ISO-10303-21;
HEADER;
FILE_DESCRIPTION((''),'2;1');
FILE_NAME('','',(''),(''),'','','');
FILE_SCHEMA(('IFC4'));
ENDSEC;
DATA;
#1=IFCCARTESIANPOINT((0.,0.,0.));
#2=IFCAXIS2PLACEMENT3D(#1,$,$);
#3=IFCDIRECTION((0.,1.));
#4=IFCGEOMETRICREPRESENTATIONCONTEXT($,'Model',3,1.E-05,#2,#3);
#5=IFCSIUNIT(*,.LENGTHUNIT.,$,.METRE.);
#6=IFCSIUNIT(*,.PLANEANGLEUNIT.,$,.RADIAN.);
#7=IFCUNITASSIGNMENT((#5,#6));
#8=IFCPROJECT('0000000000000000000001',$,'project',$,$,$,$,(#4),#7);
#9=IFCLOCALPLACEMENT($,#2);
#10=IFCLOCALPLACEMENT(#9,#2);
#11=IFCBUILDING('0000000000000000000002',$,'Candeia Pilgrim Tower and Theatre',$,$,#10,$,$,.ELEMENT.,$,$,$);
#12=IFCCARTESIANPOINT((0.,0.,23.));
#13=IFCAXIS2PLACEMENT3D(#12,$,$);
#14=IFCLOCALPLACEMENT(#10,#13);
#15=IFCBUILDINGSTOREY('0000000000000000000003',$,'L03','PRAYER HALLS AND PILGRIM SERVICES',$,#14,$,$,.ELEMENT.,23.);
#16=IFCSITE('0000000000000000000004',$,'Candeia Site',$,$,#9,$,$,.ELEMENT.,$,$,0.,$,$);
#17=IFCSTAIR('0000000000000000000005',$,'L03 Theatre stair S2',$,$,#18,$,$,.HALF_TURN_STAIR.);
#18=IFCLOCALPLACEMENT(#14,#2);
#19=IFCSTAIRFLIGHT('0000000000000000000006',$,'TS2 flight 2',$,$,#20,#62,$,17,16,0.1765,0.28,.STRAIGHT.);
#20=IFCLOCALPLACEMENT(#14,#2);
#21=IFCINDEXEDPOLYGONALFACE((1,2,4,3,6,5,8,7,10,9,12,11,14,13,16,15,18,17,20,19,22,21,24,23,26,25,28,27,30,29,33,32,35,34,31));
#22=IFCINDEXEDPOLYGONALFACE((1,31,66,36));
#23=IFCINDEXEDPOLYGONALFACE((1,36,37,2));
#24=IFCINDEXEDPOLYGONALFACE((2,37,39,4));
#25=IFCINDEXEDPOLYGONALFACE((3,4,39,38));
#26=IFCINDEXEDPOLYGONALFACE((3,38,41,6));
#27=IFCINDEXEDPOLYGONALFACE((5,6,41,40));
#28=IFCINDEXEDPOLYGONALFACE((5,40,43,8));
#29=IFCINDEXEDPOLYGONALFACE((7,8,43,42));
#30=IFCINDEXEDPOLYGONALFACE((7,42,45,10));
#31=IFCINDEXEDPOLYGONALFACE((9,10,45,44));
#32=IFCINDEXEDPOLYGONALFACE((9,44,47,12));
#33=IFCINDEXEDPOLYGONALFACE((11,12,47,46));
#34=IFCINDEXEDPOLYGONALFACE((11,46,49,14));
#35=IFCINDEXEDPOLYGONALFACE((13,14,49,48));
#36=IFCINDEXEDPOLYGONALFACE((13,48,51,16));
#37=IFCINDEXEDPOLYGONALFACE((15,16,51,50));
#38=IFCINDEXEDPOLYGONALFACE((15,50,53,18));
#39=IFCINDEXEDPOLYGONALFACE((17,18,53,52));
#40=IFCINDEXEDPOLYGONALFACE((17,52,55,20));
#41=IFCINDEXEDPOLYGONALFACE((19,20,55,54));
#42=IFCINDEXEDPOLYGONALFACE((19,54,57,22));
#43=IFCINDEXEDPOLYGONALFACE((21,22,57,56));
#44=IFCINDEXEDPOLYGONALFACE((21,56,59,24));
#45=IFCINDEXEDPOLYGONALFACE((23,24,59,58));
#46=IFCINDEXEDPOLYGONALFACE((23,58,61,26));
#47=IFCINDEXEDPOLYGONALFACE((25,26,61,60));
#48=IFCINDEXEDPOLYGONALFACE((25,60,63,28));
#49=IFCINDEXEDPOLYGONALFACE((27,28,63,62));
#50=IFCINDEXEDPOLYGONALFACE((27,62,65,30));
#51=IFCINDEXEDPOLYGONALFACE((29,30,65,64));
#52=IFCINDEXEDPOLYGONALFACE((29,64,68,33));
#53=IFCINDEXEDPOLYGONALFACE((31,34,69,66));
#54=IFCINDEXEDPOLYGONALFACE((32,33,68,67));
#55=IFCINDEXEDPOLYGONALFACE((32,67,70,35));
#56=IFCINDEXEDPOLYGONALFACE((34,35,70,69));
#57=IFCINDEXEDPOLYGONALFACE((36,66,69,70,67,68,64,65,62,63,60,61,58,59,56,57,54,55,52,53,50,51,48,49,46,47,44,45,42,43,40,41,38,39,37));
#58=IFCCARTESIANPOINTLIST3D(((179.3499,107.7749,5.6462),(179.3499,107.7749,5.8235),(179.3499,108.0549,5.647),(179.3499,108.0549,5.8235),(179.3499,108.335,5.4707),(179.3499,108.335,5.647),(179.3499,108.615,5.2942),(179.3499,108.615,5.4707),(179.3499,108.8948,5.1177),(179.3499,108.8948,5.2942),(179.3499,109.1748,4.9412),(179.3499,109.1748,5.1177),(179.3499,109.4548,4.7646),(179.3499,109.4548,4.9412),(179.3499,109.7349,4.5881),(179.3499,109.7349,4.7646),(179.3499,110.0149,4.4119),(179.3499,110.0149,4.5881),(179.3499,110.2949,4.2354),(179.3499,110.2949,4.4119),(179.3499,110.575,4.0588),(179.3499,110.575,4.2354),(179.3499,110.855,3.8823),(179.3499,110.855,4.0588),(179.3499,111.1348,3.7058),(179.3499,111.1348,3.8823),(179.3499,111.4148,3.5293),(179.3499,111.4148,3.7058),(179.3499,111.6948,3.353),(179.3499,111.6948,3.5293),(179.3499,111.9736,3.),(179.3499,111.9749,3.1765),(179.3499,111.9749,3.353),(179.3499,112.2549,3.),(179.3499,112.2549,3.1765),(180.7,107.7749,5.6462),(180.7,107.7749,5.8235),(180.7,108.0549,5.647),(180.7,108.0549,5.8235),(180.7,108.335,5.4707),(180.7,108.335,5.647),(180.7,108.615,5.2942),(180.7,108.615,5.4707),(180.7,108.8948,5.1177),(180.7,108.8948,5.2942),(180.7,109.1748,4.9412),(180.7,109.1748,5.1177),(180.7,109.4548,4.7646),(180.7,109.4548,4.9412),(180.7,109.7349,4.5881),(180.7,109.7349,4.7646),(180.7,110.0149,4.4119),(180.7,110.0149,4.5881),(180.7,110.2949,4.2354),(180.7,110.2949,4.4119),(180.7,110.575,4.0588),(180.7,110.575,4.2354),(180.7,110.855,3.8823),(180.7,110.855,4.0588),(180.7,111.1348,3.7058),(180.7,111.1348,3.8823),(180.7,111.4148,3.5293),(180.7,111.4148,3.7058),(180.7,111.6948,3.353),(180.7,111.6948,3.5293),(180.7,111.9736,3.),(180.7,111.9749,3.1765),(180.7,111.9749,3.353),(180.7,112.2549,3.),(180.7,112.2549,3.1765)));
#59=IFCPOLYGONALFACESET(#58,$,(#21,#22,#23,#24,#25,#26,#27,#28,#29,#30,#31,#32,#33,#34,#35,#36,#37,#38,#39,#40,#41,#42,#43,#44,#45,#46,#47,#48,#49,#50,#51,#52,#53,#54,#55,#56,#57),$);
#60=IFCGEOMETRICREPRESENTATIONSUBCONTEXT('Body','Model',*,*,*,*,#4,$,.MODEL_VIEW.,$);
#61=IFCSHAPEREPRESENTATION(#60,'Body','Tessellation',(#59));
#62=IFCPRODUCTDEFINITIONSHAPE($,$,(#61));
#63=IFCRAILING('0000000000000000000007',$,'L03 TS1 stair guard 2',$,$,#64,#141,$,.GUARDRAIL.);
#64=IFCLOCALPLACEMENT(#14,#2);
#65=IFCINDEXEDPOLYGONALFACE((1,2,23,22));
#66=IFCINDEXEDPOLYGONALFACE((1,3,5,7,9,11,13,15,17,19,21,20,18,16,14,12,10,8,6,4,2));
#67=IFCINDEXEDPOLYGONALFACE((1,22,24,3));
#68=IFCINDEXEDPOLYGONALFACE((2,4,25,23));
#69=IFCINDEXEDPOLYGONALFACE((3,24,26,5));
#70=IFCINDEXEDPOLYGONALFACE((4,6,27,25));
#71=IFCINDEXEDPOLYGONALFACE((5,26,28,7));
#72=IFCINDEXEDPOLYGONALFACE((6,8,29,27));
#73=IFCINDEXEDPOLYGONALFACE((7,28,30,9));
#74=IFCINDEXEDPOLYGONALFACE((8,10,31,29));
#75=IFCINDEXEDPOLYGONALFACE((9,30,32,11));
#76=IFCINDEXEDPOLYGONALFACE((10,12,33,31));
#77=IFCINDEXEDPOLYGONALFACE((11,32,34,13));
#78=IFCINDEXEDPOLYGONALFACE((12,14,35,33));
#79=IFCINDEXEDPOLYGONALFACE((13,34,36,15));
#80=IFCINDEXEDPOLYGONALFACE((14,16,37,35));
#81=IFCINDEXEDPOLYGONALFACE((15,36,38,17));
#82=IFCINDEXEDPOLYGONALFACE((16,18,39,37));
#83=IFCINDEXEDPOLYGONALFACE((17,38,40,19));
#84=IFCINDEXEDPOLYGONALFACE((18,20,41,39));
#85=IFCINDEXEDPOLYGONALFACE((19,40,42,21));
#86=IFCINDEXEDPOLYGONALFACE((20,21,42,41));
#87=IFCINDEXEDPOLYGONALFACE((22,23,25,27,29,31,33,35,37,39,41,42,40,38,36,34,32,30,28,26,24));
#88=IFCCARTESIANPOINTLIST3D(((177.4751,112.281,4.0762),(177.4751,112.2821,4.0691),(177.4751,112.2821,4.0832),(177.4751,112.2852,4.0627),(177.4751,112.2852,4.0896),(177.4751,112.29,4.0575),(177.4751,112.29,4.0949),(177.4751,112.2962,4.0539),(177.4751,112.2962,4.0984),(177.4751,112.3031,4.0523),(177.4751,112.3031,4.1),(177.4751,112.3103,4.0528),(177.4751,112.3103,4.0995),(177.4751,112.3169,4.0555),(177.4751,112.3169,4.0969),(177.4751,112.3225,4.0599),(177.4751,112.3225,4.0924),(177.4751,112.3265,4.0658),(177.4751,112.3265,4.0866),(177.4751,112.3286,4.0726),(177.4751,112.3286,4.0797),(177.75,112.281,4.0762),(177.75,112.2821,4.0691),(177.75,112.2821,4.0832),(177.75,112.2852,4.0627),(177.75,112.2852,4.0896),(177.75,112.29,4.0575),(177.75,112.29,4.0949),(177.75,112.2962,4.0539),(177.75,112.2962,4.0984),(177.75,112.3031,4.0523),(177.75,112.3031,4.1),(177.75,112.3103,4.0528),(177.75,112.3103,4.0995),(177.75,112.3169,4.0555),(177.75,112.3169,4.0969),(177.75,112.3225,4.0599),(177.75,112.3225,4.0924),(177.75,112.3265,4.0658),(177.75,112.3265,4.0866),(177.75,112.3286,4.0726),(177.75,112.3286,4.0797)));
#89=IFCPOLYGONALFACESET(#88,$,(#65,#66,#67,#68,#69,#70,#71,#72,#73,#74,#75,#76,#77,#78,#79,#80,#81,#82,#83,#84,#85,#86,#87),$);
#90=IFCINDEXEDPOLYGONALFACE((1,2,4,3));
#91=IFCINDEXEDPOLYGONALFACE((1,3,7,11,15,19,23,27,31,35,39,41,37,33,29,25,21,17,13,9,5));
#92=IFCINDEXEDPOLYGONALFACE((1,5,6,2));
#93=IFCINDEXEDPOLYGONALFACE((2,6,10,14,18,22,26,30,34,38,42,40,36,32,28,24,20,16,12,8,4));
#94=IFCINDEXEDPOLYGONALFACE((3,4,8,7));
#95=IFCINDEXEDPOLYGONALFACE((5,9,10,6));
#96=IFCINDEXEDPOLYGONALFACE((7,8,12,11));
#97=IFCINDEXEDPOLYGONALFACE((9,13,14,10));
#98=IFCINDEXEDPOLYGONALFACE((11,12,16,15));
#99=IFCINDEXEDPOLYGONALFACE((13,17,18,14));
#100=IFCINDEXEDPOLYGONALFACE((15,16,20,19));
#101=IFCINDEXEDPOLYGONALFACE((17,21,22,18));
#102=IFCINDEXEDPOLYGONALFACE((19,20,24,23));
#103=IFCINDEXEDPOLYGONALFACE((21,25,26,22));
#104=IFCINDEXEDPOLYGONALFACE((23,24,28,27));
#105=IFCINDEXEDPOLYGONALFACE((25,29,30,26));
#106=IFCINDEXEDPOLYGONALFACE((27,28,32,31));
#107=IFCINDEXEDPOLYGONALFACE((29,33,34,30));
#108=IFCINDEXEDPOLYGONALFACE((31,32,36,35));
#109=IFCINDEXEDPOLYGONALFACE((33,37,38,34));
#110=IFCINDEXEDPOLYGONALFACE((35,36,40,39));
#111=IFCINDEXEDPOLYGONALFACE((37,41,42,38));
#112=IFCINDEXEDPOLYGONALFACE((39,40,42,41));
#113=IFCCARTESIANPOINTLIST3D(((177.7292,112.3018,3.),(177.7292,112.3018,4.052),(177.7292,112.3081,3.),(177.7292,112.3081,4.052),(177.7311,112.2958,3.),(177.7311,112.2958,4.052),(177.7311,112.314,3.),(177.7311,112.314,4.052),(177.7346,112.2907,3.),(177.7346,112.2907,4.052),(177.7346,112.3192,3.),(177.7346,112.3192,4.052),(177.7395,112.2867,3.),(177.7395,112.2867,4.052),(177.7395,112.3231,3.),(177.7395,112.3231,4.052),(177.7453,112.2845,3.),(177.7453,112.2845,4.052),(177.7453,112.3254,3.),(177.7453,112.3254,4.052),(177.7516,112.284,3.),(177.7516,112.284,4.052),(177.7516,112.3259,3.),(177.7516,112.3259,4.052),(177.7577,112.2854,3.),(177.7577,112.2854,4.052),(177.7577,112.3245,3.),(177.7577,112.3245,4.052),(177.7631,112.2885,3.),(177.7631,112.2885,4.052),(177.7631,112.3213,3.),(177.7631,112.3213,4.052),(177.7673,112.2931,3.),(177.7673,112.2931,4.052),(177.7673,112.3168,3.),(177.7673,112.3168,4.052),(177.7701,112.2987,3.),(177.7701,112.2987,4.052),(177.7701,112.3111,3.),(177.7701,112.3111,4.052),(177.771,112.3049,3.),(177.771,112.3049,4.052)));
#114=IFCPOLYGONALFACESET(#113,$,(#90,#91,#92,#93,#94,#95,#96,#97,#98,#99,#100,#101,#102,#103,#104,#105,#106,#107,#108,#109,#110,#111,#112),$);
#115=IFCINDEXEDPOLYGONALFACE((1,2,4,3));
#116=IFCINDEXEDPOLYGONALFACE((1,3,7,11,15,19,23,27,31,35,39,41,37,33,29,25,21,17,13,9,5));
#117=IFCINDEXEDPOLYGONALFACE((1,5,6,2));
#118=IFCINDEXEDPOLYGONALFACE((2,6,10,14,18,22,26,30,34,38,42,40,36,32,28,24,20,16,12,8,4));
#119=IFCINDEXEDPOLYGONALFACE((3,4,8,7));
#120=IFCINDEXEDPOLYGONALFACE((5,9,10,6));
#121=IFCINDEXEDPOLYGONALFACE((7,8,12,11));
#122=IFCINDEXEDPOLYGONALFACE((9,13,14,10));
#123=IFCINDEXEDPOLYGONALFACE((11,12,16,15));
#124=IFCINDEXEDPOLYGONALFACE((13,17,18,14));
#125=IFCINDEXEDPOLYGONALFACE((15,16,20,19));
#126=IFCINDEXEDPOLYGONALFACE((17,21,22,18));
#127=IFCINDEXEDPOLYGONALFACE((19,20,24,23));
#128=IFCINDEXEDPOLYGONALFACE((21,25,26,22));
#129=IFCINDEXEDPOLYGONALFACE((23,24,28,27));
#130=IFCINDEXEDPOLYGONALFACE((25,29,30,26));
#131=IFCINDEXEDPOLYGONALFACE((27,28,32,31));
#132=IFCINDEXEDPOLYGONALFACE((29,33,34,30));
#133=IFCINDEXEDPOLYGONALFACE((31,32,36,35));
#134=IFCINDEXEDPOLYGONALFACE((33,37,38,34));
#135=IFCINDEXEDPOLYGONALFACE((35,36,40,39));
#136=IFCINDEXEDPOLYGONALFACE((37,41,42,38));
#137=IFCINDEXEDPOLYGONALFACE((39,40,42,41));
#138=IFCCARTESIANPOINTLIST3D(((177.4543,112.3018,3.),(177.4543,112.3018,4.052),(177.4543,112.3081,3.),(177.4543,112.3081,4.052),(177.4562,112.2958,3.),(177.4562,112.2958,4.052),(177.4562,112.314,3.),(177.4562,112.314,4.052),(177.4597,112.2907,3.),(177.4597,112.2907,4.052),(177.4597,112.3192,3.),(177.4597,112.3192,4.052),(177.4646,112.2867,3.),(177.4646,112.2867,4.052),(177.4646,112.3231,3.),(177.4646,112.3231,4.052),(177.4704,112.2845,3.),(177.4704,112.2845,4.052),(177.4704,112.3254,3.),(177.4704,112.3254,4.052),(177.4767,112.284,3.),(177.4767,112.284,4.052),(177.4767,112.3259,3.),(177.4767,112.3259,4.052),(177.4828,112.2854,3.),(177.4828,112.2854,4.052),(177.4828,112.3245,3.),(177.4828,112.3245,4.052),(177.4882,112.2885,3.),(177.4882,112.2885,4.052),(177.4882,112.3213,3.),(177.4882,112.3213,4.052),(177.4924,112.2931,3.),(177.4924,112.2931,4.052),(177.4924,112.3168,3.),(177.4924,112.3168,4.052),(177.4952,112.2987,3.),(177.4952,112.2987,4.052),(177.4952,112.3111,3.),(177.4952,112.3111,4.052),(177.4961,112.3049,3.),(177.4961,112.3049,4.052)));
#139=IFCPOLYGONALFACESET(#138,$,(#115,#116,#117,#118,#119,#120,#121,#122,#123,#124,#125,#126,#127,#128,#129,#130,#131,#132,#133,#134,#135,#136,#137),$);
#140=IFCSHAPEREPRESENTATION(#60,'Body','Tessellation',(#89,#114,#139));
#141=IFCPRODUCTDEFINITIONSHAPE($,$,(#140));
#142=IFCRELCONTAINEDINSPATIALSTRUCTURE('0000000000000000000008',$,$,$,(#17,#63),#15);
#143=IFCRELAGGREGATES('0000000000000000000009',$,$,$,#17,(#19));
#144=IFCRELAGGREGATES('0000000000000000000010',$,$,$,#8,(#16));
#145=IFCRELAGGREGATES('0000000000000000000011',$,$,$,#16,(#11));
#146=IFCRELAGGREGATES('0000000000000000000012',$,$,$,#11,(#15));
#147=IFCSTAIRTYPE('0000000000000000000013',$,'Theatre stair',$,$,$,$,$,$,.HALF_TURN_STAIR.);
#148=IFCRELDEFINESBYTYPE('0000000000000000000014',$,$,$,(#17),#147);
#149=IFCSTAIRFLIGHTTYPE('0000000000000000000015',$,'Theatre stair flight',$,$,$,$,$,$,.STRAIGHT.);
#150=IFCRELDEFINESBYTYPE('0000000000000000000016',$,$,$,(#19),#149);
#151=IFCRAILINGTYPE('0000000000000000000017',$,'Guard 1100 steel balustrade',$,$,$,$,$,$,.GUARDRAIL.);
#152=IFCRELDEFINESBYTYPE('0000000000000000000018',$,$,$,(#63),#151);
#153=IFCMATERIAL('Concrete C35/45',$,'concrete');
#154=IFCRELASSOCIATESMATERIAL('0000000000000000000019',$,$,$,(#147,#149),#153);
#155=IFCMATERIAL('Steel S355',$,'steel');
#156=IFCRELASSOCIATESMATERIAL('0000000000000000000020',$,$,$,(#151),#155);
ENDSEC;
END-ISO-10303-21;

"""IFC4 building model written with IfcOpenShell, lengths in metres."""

from ifc_helpers import new_model, si_unit, direction, frame, origin, origin_2d, place, context, subcontext, project, spatial, polyline, circle, outline, extrude, material, type_object, element, aggregate, save


model = new_model("IFC4")

# Units and contexts
model_context = context("Model", 3, precision=1e-05, world=origin(), true_north=direction((0.0, 1.0)))
body_context = subcontext(model_context, "Body", "Model", "MODEL_VIEW")
ifc_project = project(units=[si_unit("LENGTHUNIT", "METRE"), si_unit("PLANEANGLEUNIT", "RADIAN")], contexts=[model_context])

# Site, building, storey
site_placement = place(None, origin())
site = spatial("IfcSite", under=ifc_project, at=site_placement, Name="Candeia Site", CompositionType="ELEMENT", RefElevation=0.0)
building_placement = place(site_placement, origin())
building = spatial("IfcBuilding", under=site, at=building_placement, Name="Candeia Pilgrim Tower and Theatre", CompositionType="ELEMENT")
storey_placement = place(building_placement, frame((0.0, 0.0, 23.0)))
storey = spatial("IfcBuildingStorey", under=building, at=storey_placement, Name="L03", Description="PRAYER HALLS AND PILGRIM SERVICES", CompositionType="ELEMENT", Elevation=23.0)

# Shared definitions
ifc_material_1 = material(Name="Concrete C35/45", Category="concrete")

# Shared definitions
stair_type_1 = type_object("IfcStairType", Name="Theatre stair", PredefinedType="HALF_TURN_STAIR", material=ifc_material_1)
stair_flight_type_1 = type_object("IfcStairFlightType", Name="Theatre stair flight", PredefinedType="STRAIGHT", material=ifc_material_1)

# Stair, stair flight
stair_1_placement = place(storey_placement, origin())
stair_1 = element("IfcStair", 1, at=stair_1_placement, inside=storey, type_object=stair_type_1, Name="L03 Theatre stair S2", PredefinedType="HALF_TURN_STAIR")
stair_flight_1_placement = place(storey_placement, frame((180.0249, 112.2549, 3.0), z_axis=(0.0, 0.0, 1.0), x_axis=(0.0, -1.0, 0.0)))
stair_flight_1 = element("IfcStairFlight", 2, at=stair_flight_1_placement, type_object=stair_flight_type_1, Name="TS2 flight 2", NumberOfRisers=17, NumberOfTreads=16, PredefinedType="STRAIGHT", RiserHeight=0.1765, TreadLength=0.28, context=body_context, shape_type="SweptSolid", body=[
    extrude(outline(polyline([(0.0, 0.0), (0.0, 0.1765), (0.28, 0.1765), (0.28, 0.353), (0.5601, 0.353), (0.5601, 0.5293), (0.8401, 0.5293), (0.8401, 0.7058), (1.1201, 0.7058), (1.1201, 0.8823), (1.3999, 0.8823), (1.3999, 1.0588), (1.6799, 1.0588), (1.6799, 1.2354), (1.96, 1.2354), (1.96, 1.4119), (2.24, 1.4119), (2.24, 1.5881), (2.52, 1.5881), (2.52, 1.7646), (2.8, 1.7646), (2.8, 1.9412), (3.0801, 1.9412), (3.0801, 2.1177), (3.3601, 2.1177), (3.3601, 2.2942), (3.6399, 2.2942), (3.6399, 2.4707), (3.9199, 2.4707), (3.9199, 2.647), (4.2, 2.647), (4.2, 2.8235), (4.48, 2.8235), (4.48, 3.0), (4.48, 2.6462), (0.2812, 0.0), (0.0, 0.0)])), frame((0.0, 0.675, 0.0), z_axis=(0.0, -1.0, 0.0), x_axis=(1.0, 0.0, 0.0)), (0.0, 0.0, 1.0), 1.3501),
])
aggregate(stair_1, [stair_flight_1])

# Railing
ifc_material_2 = material(Name="Steel S355", Category="steel")
railing_type_1 = type_object("IfcRailingType", Name="Guard 1100 steel balustrade", PredefinedType="GUARDRAIL", material=ifc_material_2)
railing_1_placement = place(storey_placement, frame((177.75, 112.3049, 3.0)))
element("IfcRailing", 3, at=railing_1_placement, inside=storey, type_object=railing_type_1, Name="L03 TS1 stair guard 2", PredefinedType="GUARDRAIL", context=body_context, shape_type="SweptSolid", body=[
    extrude(circle(Radius=0.0239, at=origin_2d()), frame((0.0, 0.0, 1.0762), z_axis=(-1.0, 0.0, 0.0), x_axis=(0.0, -1.0, 0.0)), (0.0, 0.0, 1.0), 0.2749),
    extrude(circle(Radius=0.021, at=origin_2d()), origin(), (0.0, 0.0, 1.0), 1.052),
    extrude(circle(Radius=0.021, at=origin_2d()), frame((-0.2749, 0.0, 0.0)), (0.0, 0.0, 1.0), 1.052),
])

save(model, "model.ifc")
